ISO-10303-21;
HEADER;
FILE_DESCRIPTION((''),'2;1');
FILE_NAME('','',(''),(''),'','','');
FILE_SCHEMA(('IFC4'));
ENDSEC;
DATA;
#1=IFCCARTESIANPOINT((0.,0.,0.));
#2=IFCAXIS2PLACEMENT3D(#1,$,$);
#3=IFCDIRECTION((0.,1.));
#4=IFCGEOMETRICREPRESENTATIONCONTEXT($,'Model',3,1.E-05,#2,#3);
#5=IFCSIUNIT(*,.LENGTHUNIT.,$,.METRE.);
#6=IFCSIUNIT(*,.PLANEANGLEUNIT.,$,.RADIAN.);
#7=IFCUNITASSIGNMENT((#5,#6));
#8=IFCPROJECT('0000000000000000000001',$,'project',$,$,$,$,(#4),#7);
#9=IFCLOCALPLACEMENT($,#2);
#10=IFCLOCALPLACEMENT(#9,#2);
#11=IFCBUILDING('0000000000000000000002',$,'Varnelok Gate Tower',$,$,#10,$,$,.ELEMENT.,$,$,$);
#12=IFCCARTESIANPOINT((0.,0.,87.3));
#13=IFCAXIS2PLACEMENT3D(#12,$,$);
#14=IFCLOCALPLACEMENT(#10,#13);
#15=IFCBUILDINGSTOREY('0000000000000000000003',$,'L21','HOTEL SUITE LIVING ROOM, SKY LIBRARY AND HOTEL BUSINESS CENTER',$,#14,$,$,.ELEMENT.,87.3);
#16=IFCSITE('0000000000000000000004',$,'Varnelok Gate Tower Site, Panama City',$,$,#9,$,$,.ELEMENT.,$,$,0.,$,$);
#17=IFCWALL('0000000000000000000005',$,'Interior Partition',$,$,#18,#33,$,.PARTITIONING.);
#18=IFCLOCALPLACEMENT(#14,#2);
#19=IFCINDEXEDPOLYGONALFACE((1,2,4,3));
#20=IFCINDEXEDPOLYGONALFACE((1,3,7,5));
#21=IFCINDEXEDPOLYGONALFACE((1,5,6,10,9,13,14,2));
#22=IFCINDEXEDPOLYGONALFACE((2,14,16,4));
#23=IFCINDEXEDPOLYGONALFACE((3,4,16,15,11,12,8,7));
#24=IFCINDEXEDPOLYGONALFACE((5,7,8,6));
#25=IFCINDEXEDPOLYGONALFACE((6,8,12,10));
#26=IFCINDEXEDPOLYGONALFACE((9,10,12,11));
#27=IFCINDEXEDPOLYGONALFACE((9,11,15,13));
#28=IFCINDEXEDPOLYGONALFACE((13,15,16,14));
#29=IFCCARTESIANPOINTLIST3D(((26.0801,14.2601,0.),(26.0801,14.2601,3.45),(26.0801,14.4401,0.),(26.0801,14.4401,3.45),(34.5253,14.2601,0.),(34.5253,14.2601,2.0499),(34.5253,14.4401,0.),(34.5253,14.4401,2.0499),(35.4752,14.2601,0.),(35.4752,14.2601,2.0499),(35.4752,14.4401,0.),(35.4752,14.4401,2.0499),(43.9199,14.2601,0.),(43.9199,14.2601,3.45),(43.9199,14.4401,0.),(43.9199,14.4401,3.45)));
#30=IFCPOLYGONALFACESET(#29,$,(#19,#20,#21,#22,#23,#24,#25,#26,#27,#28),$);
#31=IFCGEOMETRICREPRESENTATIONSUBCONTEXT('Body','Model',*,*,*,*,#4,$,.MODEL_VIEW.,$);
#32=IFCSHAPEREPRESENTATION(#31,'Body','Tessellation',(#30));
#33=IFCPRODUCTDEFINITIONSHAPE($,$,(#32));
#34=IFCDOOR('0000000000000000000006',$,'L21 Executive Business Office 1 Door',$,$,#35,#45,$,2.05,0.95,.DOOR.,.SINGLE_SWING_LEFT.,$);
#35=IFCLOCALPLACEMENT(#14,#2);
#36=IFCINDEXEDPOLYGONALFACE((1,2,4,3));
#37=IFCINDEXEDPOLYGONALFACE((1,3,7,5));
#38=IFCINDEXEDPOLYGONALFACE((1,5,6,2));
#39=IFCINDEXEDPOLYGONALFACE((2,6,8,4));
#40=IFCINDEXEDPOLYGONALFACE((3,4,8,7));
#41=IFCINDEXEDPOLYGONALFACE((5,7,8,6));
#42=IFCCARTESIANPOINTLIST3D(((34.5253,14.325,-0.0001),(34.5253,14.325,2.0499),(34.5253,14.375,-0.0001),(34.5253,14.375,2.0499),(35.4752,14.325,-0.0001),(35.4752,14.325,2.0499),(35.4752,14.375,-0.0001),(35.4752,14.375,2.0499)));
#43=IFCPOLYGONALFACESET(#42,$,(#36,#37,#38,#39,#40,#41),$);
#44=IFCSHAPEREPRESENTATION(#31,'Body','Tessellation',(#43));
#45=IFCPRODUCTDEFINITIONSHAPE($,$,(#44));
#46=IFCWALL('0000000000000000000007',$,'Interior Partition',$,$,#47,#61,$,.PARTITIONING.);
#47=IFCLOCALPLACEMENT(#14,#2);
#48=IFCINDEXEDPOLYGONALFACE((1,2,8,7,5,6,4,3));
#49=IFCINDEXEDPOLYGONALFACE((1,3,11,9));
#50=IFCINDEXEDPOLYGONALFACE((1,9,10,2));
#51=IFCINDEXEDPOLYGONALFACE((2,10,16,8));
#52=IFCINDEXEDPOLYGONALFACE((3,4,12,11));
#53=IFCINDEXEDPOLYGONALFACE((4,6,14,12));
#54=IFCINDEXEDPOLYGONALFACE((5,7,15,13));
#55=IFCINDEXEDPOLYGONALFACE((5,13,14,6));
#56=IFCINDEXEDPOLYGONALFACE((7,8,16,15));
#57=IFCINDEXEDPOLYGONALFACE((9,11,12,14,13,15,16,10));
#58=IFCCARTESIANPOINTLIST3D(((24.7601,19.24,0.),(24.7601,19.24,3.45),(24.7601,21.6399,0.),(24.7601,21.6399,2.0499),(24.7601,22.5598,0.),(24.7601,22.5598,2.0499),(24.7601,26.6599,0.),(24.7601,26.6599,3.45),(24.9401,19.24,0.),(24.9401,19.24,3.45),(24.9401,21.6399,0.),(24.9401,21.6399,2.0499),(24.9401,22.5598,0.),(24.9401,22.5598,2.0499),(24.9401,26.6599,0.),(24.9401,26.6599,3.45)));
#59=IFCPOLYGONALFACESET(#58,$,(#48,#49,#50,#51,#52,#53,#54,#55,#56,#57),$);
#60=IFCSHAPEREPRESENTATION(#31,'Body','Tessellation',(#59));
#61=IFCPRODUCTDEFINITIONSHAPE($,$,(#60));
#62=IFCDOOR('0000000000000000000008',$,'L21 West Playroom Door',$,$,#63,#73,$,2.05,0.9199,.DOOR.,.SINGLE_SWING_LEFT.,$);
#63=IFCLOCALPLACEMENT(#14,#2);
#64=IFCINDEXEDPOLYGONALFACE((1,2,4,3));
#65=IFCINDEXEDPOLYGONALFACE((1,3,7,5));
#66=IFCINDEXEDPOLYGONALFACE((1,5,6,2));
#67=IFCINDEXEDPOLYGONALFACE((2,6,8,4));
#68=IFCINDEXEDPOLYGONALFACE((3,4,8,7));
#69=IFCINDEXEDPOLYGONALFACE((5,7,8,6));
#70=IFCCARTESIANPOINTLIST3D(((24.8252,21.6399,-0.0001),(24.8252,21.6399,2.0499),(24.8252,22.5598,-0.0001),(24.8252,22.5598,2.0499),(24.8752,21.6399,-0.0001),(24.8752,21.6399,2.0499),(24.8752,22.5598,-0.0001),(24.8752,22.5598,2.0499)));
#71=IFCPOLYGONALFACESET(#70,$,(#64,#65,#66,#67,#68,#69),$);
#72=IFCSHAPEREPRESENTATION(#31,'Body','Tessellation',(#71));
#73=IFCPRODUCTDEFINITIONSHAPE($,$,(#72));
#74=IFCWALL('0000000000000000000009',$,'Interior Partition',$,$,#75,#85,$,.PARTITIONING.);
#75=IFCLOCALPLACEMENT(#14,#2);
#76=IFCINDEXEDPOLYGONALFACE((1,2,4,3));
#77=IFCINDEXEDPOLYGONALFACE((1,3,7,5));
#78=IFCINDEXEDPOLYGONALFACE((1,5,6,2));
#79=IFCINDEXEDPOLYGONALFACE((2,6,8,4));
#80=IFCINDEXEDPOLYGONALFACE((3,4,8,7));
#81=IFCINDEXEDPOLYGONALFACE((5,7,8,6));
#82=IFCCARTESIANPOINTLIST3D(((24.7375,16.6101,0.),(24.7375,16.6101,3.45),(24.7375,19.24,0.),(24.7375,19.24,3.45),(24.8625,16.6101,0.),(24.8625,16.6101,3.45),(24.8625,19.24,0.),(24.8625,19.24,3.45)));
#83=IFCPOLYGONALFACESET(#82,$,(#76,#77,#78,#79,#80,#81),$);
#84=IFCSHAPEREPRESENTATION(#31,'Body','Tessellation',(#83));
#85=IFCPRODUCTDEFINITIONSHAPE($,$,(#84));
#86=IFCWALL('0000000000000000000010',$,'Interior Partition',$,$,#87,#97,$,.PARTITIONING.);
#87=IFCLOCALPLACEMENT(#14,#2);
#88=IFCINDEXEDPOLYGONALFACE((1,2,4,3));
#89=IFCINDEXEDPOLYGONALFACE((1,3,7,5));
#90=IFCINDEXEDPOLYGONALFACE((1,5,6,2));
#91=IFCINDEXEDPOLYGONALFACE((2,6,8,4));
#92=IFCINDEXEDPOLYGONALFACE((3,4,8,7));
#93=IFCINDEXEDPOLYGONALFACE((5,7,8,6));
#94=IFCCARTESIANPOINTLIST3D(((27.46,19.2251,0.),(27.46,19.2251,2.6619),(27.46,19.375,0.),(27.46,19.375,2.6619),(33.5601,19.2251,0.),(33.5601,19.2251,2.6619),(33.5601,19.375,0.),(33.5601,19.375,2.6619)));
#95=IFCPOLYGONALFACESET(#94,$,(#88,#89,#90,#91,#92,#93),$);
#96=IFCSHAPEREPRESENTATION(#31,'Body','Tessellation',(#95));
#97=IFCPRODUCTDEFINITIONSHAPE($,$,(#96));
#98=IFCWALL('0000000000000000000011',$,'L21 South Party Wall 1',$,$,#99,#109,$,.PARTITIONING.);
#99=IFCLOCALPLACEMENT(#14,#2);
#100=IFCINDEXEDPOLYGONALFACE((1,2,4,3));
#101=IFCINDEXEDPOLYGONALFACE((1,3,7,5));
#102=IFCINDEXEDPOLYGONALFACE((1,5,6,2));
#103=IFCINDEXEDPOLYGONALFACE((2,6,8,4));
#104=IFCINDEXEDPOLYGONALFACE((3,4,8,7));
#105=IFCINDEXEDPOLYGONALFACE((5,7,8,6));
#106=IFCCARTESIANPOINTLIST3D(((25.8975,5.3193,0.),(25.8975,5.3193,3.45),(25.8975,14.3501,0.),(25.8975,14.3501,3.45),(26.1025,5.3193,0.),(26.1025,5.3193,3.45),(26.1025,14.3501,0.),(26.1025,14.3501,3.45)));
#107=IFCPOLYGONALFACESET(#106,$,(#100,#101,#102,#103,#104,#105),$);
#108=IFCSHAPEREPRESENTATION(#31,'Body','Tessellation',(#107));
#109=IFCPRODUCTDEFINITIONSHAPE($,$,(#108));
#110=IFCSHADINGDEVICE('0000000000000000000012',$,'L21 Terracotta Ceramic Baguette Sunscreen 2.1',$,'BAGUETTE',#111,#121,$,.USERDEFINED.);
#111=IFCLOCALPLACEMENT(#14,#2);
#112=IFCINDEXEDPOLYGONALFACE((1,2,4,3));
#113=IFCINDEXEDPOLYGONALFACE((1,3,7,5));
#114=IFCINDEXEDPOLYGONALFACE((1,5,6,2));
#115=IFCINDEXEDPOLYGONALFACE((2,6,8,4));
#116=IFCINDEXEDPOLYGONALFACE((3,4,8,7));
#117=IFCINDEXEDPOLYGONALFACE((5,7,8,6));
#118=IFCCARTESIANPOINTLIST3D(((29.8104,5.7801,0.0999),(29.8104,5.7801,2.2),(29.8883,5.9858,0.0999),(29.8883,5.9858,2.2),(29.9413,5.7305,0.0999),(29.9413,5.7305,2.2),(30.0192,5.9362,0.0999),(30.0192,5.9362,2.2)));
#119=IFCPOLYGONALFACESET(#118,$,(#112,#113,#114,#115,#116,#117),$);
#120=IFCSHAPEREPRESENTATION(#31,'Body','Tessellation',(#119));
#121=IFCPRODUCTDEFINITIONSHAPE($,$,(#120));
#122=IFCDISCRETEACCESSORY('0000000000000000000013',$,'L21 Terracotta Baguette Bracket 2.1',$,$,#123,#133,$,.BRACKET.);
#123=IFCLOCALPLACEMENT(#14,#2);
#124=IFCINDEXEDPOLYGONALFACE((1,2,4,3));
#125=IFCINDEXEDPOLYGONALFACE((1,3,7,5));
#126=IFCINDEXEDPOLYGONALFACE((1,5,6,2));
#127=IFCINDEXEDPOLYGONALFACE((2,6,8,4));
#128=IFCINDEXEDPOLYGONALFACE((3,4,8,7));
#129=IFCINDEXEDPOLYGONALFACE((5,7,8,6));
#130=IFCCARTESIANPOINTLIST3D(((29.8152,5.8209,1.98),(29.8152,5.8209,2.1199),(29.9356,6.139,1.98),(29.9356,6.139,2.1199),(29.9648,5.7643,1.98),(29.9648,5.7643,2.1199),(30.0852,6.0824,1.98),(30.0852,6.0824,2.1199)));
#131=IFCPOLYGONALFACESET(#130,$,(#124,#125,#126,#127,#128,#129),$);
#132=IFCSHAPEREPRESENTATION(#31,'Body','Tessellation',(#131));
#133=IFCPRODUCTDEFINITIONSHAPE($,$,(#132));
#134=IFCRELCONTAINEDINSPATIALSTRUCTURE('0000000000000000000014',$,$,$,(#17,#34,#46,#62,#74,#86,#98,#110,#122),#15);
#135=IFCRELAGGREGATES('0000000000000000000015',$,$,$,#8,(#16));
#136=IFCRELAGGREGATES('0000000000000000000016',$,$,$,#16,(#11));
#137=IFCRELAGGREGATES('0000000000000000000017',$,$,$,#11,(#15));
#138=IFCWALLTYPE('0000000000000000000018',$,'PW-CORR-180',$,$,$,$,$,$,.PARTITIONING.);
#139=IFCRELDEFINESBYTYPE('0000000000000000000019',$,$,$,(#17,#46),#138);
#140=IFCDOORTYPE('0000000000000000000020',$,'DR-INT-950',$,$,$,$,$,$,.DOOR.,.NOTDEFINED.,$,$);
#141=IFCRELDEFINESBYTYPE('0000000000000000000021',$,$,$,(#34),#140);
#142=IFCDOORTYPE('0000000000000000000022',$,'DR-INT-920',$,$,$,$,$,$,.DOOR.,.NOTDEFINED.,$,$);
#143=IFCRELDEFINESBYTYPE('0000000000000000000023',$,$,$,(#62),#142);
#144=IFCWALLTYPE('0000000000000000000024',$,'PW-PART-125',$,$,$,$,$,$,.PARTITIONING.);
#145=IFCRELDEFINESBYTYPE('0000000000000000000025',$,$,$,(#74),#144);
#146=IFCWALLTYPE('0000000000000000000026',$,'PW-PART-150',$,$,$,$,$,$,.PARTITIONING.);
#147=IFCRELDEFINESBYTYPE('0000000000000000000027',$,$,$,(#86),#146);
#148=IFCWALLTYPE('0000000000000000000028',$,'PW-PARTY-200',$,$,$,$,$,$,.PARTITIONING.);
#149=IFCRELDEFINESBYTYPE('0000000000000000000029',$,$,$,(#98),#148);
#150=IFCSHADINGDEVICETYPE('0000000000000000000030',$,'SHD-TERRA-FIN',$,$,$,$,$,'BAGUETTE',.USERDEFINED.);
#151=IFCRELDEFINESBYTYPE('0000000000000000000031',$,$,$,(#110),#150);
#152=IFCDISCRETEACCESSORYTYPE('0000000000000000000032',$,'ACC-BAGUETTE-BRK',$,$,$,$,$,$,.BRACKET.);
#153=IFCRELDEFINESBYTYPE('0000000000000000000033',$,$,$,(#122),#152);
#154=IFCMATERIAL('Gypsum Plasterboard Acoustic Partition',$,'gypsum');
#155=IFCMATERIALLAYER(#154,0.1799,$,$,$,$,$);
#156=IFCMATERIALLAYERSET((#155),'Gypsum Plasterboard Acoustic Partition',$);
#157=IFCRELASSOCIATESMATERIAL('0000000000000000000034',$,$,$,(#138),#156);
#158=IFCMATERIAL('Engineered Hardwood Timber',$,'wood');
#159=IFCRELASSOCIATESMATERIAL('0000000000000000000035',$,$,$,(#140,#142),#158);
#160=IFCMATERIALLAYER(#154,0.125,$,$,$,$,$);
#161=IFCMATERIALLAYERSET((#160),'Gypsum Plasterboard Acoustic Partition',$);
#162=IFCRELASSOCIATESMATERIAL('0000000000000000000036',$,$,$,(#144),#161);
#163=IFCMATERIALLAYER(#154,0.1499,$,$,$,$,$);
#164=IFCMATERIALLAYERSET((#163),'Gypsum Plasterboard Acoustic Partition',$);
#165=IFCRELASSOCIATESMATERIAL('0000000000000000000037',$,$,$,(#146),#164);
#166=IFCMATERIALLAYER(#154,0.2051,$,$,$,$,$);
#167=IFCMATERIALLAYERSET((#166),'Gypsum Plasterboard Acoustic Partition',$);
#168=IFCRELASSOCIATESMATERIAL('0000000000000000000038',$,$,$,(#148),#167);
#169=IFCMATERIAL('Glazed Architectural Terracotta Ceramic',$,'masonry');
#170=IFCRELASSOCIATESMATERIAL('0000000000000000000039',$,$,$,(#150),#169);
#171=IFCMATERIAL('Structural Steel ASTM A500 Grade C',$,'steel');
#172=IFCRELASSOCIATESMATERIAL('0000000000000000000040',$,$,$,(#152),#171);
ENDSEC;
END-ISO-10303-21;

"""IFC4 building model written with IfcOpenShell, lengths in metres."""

from ifc_helpers import new_model, si_unit, direction, frame, frame_2d, origin, origin_2d, place, context, subcontext, project, spatial, rectangle, extrude, source, transform, mapped, material, layer, layer_set, type_object, element, fill, save


model = new_model("IFC4")

# Units and contexts
model_context = context("Model", 3, precision=1e-05, world=origin(), true_north=direction((0.0, 1.0)))
body_context = subcontext(model_context, "Body", "Model", "MODEL_VIEW")
ifc_project = project(units=[si_unit("LENGTHUNIT", "METRE"), si_unit("PLANEANGLEUNIT", "RADIAN")], contexts=[model_context])

# Site, building, storey
site_placement = place(None, origin())
site = spatial("IfcSite", under=ifc_project, at=site_placement, Name="Varnelok Gate Tower Site, Panama City", CompositionType="ELEMENT", RefElevation=0.0)
building_placement = place(site_placement, origin())
building = spatial("IfcBuilding", under=site, at=building_placement, Name="Varnelok Gate Tower", CompositionType="ELEMENT")
storey_placement = place(building_placement, frame((0.0, 0.0, 87.3)))
storey = spatial("IfcBuildingStorey", under=building, at=storey_placement, Name="L21", Description="HOTEL SUITE LIVING ROOM, SKY LIBRARY AND HOTEL BUSINESS CENTER", CompositionType="ELEMENT", Elevation=87.3)

# Walls, openings, doors
ifc_material_1 = material(Name="Gypsum Plasterboard Acoustic Partition", Category="gypsum")
ifc_layer_1 = layer(ifc_material_1, 0.1799)
ifc_layer_set_1 = layer_set([ifc_layer_1], Name="Gypsum Plasterboard Acoustic Partition")
wall_type_1 = type_object("IfcWallType", Name="PW-CORR-180", PredefinedType="PARTITIONING", material=ifc_layer_set_1)
wall_1_placement = place(storey_placement, frame((26.0801, 14.3501, 0.0), z_axis=(0.0, 0.0, 1.0), x_axis=(1.0, 0.0, 0.0)))
wall_1 = element("IfcWall", 1, at=wall_1_placement, inside=storey, type_object=wall_type_1, Name="Interior Partition", PredefinedType="PARTITIONING", context=body_context, shape_type="SweptSolid", body=[
    extrude(rectangle(XDim=17.8398, YDim=0.1799, at=frame_2d((8.9199, 0.0))), origin(), (0.0, 0.0, 1.0), 3.45),
])
opening_1_placement = place(wall_1_placement, frame((8.4451, 0.0, 0.0)))
opening_1 = element("IfcOpeningElement", 2, at=opening_1_placement, cuts=wall_1, PredefinedType="OPENING", context=body_context, shape_type="SweptSolid", body=[
    extrude(rectangle(XDim=0.95, YDim=2.05, at=frame_2d((0.4751, 1.0249))), frame((0.0, 0.0999, 0.0), z_axis=(0.0, -1.0, 0.0), x_axis=(1.0, 0.0, 0.0)), (0.0, 0.0, 1.0), 0.2),
])
ifc_material_2 = material(Name="Engineered Hardwood Timber", Category="wood")
door_type_1 = type_object("IfcDoorType", Name="DR-INT-950", OperationType="NOTDEFINED", PredefinedType="DOOR", material=ifc_material_2)
door_1_placement = place(opening_1_placement, origin())
door_1 = element("IfcDoor", 3, at=door_1_placement, inside=storey, type_object=door_type_1, Name="L21 Executive Business Office 1 Door", OperationType="SINGLE_SWING_LEFT", OverallHeight=2.05, OverallWidth=0.95, PredefinedType="DOOR", context=body_context, shape_type="SweptSolid", body=[
    extrude(rectangle(XDim=0.95, YDim=2.05, at=frame_2d((0.4751, 1.0249))), frame((0.0, 0.0249, 0.0), z_axis=(0.0, -1.0, 0.0), x_axis=(1.0, 0.0, 0.0)), (0.0, 0.0, 1.0), 0.05),
])
fill(opening_1, door_1)
wall_2_placement = place(storey_placement, frame((24.8501, 19.24, 0.0), z_axis=(0.0, 0.0, 1.0), x_axis=(0.0, 1.0, 0.0)))
wall_2 = element("IfcWall", 4, at=wall_2_placement, inside=storey, type_object=wall_type_1, Name="Interior Partition", PredefinedType="PARTITIONING", context=body_context, shape_type="SweptSolid", body=[
    extrude(rectangle(XDim=7.4199, YDim=0.1799, at=frame_2d((3.71, 0.0))), origin(), (0.0, 0.0, 1.0), 3.45),
])
opening_2_placement = place(wall_2_placement, frame((2.3999, 0.0, 0.0)))
opening_2 = element("IfcOpeningElement", 5, at=opening_2_placement, cuts=wall_2, PredefinedType="OPENING", context=body_context, shape_type="SweptSolid", body=[
    extrude(rectangle(XDim=0.9199, YDim=2.05, at=frame_2d((0.46, 1.0249))), frame((0.0, 0.0999, 0.0), z_axis=(0.0, -1.0, 0.0), x_axis=(1.0, 0.0, 0.0)), (0.0, 0.0, 1.0), 0.2),
])
door_type_2 = type_object("IfcDoorType", Name="DR-INT-920", OperationType="NOTDEFINED", PredefinedType="DOOR", material=ifc_material_2)
door_2_placement = place(opening_2_placement, origin())
door_2 = element("IfcDoor", 6, at=door_2_placement, inside=storey, type_object=door_type_2, Name="L21 West Playroom Door", OperationType="SINGLE_SWING_LEFT", OverallHeight=2.05, OverallWidth=0.9199, PredefinedType="DOOR", context=body_context, shape_type="SweptSolid", body=[
    extrude(rectangle(XDim=0.9199, YDim=2.05, at=frame_2d((0.46, 1.0249))), frame((0.0, 0.0249, 0.0), z_axis=(0.0, -1.0, 0.0), x_axis=(1.0, 0.0, 0.0)), (0.0, 0.0, 1.0), 0.05),
])
fill(opening_2, door_2)

# Walls
ifc_layer_2 = layer(ifc_material_1, 0.125)
ifc_layer_set_2 = layer_set([ifc_layer_2], Name="Gypsum Plasterboard Acoustic Partition")
wall_type_2 = type_object("IfcWallType", Name="PW-PART-125", PredefinedType="PARTITIONING", material=ifc_layer_set_2)
wall_3_placement = place(storey_placement, frame((24.8, 16.6101, 0.0), z_axis=(0.0, 0.0, 1.0), x_axis=(0.0, 1.0, 0.0)))
element("IfcWall", 7, at=wall_3_placement, inside=storey, type_object=wall_type_2, Name="Interior Partition", PredefinedType="PARTITIONING", context=body_context, shape_type="SweptSolid", body=[
    extrude(rectangle(XDim=2.6299, YDim=0.125, at=frame_2d((1.3149, 0.0))), origin(), (0.0, 0.0, 1.0), 3.45),
])
ifc_layer_3 = layer(ifc_material_1, 0.1499)
ifc_layer_set_3 = layer_set([ifc_layer_3], Name="Gypsum Plasterboard Acoustic Partition")
wall_type_3 = type_object("IfcWallType", Name="PW-PART-150", PredefinedType="PARTITIONING", material=ifc_layer_set_3)
wall_4_placement = place(storey_placement, frame((27.46, 19.3, 0.0), z_axis=(0.0, 0.0, 1.0), x_axis=(1.0, 0.0, 0.0)))
element("IfcWall", 8, at=wall_4_placement, inside=storey, type_object=wall_type_3, Name="Interior Partition", PredefinedType="PARTITIONING", context=body_context, shape_type="SweptSolid", body=[
    extrude(rectangle(XDim=6.1001, YDim=0.1499, at=frame_2d((3.05, 0.0))), origin(), (0.0, 0.0, 1.0), 2.6619),
])
ifc_layer_4 = layer(ifc_material_1, 0.2051)
ifc_layer_set_4 = layer_set([ifc_layer_4], Name="Gypsum Plasterboard Acoustic Partition")
wall_type_4 = type_object("IfcWallType", Name="PW-PARTY-200", PredefinedType="PARTITIONING", material=ifc_layer_set_4)
wall_5_placement = place(storey_placement, frame((26.0, 5.3193, 0.0), z_axis=(0.0, 0.0, 1.0), x_axis=(0.0, 1.0, 0.0)))
element("IfcWall", 9, at=wall_5_placement, inside=storey, type_object=wall_type_4, Name="L21 South Party Wall 1", PredefinedType="PARTITIONING", context=body_context, shape_type="SweptSolid", body=[
    extrude(rectangle(XDim=9.0308, YDim=0.2051, at=frame_2d((4.5154, 0.0))), origin(), (0.0, 0.0, 1.0), 3.45),
])

# Shading device
ifc_material_3 = material(Name="Glazed Architectural Terracotta Ceramic", Category="masonry")
shading_device_type = type_object("IfcShadingDeviceType", Name="SHD-TERRA-FIN", ElementType="BAGUETTE", PredefinedType="USERDEFINED", material=ifc_material_3)
shared_shape_1 = source(origin(), body_context, "Body", "SweptSolid", [
    extrude(rectangle(XDim=0.1399, YDim=0.22, at=origin_2d()), origin(), (0.0, 0.0, 1.0), 2.1001),
])
shading_device_placement = place(storey_placement, frame((29.9148, 5.8582, 0.0999), z_axis=(0.0, 0.0, 1.0), x_axis=(0.935222, -0.354063, 0.0)))
element("IfcShadingDevice", 10, at=shading_device_placement, inside=storey, type_object=shading_device_type, Name="L21 Terracotta Ceramic Baguette Sunscreen 2.1", ObjectType="BAGUETTE", PredefinedType="USERDEFINED", context=body_context, shape_type="MappedRepresentation", body=[
    mapped(shared_shape_1, transform((0.0, 0.0, 0.0), scale=1.0)),
])

# Discrete accessory
ifc_material_4 = material(Name="Structural Steel ASTM A500 Grade C", Category="steel")
discrete_accessory_type = type_object("IfcDiscreteAccessoryType", Name="ACC-BAGUETTE-BRK", PredefinedType="BRACKET", material=ifc_material_4)
shared_shape_2 = source(origin(), body_context, "Body", "SweptSolid", [
    extrude(rectangle(XDim=0.1599, YDim=0.3401, at=origin_2d()), origin(), (0.0, 0.0, 1.0), 0.1399),
])
discrete_accessory_placement = place(storey_placement, frame((29.9502, 5.9517, 1.98), z_axis=(0.0, 0.0, 1.0), x_axis=(0.935222, -0.354063, 0.0)))
element("IfcDiscreteAccessory", 11, at=discrete_accessory_placement, inside=storey, type_object=discrete_accessory_type, Name="L21 Terracotta Baguette Bracket 2.1", PredefinedType="BRACKET", context=body_context, shape_type="MappedRepresentation", body=[
    mapped(shared_shape_2, transform((0.0, 0.0, 0.0), scale=1.0)),
])

save(model, "model.ifc")
